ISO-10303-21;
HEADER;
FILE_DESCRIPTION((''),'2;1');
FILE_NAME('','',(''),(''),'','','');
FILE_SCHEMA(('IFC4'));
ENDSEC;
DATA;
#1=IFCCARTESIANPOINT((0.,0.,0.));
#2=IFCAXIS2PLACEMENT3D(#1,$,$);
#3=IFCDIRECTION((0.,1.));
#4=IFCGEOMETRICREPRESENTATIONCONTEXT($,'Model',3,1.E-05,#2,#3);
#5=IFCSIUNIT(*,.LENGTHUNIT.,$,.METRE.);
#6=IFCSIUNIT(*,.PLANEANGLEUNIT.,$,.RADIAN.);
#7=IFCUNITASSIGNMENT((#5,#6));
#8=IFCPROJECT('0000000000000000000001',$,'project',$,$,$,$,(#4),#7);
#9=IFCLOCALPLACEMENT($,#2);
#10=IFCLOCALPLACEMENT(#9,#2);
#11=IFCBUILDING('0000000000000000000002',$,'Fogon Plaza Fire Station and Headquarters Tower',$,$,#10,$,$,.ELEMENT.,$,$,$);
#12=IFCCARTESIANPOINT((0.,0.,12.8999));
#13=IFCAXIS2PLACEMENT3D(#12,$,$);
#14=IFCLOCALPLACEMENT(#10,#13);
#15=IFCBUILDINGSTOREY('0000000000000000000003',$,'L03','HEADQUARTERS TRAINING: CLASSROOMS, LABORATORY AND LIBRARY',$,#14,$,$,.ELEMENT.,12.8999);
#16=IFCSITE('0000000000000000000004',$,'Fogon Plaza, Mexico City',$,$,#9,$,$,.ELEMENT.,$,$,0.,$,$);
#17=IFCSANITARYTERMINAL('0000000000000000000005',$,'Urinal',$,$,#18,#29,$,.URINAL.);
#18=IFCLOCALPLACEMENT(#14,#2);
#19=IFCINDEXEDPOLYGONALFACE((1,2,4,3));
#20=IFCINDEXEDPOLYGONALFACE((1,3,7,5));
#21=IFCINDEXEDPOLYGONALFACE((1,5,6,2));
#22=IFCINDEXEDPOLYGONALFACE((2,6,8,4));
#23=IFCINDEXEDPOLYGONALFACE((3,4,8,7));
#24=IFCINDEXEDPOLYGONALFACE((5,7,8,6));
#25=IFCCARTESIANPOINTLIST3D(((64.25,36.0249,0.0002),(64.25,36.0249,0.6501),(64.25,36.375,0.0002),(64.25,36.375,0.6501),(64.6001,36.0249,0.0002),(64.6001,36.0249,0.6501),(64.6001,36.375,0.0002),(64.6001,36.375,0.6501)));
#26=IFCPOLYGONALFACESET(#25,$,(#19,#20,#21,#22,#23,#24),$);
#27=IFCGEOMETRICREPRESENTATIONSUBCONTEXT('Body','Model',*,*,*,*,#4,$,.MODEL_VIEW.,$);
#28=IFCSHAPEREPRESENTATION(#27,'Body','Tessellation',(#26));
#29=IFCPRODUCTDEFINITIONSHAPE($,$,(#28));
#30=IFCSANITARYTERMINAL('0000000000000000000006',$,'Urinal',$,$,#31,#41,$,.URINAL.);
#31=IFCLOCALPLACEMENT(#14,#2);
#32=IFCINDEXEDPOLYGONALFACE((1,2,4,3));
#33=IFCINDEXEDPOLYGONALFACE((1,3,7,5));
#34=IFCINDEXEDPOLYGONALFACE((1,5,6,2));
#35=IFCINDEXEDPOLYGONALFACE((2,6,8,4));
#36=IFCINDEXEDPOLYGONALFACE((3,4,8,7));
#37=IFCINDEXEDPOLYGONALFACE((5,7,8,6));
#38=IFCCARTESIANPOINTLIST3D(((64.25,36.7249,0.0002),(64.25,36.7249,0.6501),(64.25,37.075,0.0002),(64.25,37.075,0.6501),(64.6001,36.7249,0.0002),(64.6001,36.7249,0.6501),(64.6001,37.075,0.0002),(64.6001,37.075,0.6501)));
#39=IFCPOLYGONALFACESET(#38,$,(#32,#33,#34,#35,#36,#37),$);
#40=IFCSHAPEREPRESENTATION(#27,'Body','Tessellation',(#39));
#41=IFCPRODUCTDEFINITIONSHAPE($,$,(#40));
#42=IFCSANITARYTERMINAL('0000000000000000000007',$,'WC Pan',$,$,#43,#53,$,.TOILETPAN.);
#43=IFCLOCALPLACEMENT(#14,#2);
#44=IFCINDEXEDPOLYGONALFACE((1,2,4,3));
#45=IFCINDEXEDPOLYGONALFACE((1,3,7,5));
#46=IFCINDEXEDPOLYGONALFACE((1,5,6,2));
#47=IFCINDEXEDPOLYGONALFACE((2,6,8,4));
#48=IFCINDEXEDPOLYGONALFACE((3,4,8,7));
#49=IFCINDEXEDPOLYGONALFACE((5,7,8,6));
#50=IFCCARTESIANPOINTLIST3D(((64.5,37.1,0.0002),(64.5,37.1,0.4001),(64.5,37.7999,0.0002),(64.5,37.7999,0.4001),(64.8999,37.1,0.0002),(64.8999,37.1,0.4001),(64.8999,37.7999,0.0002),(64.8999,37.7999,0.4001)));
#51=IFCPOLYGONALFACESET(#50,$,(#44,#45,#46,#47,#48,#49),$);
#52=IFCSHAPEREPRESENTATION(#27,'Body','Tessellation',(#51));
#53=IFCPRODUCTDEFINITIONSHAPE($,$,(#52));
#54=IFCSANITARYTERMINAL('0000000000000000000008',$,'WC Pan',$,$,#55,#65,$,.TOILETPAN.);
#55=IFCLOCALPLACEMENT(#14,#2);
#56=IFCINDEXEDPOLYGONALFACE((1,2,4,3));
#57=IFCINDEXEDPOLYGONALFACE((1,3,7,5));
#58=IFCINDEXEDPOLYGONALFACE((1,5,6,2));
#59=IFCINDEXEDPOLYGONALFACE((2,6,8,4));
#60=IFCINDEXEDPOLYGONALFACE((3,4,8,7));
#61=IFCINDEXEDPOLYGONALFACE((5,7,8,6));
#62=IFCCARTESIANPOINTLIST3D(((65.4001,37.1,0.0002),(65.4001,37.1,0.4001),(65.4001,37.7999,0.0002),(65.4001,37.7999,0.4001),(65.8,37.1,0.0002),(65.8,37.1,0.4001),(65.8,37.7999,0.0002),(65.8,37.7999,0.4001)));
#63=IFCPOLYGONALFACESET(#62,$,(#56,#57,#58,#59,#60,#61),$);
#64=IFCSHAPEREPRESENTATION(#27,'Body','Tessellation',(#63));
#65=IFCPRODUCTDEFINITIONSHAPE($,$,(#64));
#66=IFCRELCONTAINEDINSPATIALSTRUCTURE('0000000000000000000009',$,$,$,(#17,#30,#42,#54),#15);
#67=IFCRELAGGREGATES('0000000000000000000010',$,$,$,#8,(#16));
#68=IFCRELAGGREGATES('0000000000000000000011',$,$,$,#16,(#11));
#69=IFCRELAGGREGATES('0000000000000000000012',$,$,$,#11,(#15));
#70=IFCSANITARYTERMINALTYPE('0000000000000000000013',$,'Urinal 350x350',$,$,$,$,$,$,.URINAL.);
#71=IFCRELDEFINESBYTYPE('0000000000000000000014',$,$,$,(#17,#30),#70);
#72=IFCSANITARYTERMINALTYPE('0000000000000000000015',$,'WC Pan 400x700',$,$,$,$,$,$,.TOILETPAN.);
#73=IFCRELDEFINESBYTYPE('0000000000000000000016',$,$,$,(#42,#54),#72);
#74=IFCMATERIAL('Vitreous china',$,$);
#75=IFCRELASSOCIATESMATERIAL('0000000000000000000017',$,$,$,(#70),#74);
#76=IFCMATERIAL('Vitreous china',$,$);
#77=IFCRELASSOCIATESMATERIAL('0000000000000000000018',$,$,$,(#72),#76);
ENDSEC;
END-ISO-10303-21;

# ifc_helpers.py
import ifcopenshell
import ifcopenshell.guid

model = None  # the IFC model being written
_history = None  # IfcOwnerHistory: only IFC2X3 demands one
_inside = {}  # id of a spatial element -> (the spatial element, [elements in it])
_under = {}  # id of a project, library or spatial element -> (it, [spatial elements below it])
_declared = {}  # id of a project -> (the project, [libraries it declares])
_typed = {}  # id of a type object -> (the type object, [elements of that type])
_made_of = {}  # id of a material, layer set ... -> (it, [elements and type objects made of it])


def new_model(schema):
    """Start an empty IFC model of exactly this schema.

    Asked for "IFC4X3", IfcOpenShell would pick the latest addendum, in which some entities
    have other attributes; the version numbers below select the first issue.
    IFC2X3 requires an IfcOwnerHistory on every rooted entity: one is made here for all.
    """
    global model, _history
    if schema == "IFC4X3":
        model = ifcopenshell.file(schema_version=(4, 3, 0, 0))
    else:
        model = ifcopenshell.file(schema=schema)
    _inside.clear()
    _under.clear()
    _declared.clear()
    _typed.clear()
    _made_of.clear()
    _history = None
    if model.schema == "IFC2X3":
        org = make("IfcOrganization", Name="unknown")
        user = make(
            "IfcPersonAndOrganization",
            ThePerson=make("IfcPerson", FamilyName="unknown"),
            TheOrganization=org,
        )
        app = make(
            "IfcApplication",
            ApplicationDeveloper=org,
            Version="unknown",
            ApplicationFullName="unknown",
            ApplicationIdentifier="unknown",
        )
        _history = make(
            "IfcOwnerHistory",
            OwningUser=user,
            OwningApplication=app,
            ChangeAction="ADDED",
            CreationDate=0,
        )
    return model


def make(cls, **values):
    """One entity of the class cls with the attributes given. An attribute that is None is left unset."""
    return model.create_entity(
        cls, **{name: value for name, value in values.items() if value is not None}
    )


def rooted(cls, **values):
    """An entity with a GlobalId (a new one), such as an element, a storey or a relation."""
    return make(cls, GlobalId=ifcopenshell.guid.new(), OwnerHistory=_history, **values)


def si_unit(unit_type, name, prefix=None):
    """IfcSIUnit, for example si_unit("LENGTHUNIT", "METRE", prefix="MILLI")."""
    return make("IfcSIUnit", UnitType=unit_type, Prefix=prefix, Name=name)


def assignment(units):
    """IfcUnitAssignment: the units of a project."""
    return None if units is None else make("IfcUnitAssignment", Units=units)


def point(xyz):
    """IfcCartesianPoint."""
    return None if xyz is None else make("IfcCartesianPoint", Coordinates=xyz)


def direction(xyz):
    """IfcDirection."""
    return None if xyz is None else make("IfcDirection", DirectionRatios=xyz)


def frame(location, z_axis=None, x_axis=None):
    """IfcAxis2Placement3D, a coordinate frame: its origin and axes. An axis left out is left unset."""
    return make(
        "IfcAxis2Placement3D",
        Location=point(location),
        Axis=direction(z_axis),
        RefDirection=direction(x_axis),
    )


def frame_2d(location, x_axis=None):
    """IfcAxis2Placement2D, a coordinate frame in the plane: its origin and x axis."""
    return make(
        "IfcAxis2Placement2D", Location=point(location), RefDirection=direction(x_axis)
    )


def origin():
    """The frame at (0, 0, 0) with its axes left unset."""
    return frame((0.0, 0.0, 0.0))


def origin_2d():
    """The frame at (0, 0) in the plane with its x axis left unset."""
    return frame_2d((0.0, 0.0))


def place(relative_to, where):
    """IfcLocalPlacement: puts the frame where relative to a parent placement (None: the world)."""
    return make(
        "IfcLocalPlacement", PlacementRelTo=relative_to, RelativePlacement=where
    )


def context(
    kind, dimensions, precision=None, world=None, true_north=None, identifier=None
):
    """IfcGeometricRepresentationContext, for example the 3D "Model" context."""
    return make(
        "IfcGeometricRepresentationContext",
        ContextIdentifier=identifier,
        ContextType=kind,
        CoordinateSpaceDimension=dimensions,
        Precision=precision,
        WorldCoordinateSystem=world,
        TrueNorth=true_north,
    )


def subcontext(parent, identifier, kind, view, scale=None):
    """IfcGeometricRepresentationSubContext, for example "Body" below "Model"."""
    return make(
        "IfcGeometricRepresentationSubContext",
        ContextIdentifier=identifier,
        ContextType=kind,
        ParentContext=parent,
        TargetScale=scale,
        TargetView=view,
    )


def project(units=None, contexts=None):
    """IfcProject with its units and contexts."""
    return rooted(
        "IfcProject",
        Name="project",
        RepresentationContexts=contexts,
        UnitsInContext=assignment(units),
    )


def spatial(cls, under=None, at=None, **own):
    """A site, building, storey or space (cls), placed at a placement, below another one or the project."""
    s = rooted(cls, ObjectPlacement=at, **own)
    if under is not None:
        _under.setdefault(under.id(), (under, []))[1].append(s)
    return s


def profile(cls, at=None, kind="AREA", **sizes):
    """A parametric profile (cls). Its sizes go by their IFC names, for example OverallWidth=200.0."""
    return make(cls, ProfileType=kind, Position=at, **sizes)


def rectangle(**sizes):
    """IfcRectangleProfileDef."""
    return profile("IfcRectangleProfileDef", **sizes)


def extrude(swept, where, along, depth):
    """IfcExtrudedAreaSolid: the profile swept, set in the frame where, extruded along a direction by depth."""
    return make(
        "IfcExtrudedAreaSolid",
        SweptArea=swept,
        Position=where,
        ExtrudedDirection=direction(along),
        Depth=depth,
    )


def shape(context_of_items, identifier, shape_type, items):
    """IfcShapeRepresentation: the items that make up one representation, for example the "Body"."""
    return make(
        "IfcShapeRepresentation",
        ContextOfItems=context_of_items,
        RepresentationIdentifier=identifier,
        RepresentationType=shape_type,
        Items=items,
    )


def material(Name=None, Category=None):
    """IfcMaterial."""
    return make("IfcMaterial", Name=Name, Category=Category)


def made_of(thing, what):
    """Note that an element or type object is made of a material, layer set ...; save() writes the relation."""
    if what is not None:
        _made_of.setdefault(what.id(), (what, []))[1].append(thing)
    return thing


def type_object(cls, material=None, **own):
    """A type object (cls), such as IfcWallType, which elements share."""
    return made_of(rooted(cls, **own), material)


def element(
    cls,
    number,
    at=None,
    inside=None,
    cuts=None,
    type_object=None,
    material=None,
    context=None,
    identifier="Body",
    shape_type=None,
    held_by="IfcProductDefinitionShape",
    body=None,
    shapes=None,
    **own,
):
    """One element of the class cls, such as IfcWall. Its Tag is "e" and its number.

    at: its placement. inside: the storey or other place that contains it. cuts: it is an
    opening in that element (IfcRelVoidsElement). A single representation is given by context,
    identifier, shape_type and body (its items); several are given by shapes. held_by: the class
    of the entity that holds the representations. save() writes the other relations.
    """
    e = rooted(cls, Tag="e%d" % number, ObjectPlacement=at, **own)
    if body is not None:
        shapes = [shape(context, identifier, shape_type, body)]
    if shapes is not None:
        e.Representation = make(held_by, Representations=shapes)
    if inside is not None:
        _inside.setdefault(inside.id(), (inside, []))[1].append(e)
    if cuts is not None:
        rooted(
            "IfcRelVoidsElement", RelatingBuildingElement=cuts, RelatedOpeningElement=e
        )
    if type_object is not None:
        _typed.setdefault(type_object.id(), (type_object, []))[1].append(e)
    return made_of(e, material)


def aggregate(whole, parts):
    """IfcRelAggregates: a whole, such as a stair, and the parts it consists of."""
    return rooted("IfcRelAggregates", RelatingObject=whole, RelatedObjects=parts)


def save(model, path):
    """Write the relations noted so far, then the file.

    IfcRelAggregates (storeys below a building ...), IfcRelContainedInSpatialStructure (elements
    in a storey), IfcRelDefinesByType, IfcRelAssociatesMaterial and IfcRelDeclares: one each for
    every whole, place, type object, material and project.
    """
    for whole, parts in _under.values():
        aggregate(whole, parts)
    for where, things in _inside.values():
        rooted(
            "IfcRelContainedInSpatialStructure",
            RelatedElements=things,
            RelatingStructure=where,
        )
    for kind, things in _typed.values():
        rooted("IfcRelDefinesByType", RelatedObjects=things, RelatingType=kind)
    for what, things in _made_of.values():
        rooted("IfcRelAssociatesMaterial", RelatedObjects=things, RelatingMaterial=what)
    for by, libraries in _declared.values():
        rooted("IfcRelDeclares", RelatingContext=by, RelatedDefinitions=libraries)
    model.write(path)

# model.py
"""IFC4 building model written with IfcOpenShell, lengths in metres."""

from ifc_helpers import new_model, si_unit, direction, frame, origin, origin_2d, place, context, subcontext, project, spatial, rectangle, extrude, material, type_object, element, save


model = new_model("IFC4")

# Units and contexts
model_context = context("Model", 3, precision=1e-05, world=origin(), true_north=direction((0.0, 1.0)))
body_context = subcontext(model_context, "Body", "Model", "MODEL_VIEW")
ifc_project = project(units=[si_unit("LENGTHUNIT", "METRE"), si_unit("PLANEANGLEUNIT", "RADIAN")], contexts=[model_context])

# Site, building, storey
site_placement = place(None, origin())
site = spatial("IfcSite", under=ifc_project, at=site_placement, Name="Fogon Plaza, Mexico City", CompositionType="ELEMENT", RefElevation=0.0)
building_placement = place(site_placement, origin())
building = spatial("IfcBuilding", under=site, at=building_placement, Name="Fogon Plaza Fire Station and Headquarters Tower", CompositionType="ELEMENT")
storey_placement = place(building_placement, frame((0.0, 0.0, 12.8999)))
storey = spatial("IfcBuildingStorey", under=building, at=storey_placement, Name="L03", Description="HEADQUARTERS TRAINING: CLASSROOMS, LABORATORY AND LIBRARY", CompositionType="ELEMENT", Elevation=12.8999)

# Sanitary terminals
ifc_material_1 = material(Name="Vitreous china")
sanitary_terminal_type_1 = type_object("IfcSanitaryTerminalType", Name="Urinal 350x350", PredefinedType="URINAL", material=ifc_material_1)
for number, where, z_axis, x_axis, name in (
    (1, (64.425, 36.2, 0.0002), (0.0, 0.0, 1.0), (1.0, 0.0, 0.0), "Urinal"),
    (2, (64.425, 36.8999, 0.0002), (0.0, 0.0, 1.0), (1.0, 0.0, 0.0), "Urinal"),
):
    element("IfcSanitaryTerminal", number, at=place(storey_placement, frame(where, z_axis=z_axis, x_axis=x_axis)), inside=storey, type_object=sanitary_terminal_type_1, Name=name, PredefinedType="URINAL", context=body_context, shape_type="SweptSolid", body=[
        extrude(rectangle(XDim=0.3501, YDim=0.3501, at=origin_2d()), origin(), (0.0, 0.0, 1.0), 0.6499),
    ])
ifc_material_2 = material(Name="Vitreous china")
sanitary_terminal_type_2 = type_object("IfcSanitaryTerminalType", Name="WC Pan 400x700", PredefinedType="TOILETPAN", material=ifc_material_2)
for number, where, z_axis, x_axis, name in (
    (3, (64.7, 37.45, 0.0002), (0.0, 0.0, 1.0), (1.0, 0.0, 0.0), "WC Pan"),
    (4, (65.6001, 37.45, 0.0002), (0.0, 0.0, 1.0), (1.0, 0.0, 0.0), "WC Pan"),
):
    element("IfcSanitaryTerminal", number, at=place(storey_placement, frame(where, z_axis=z_axis, x_axis=x_axis)), inside=storey, type_object=sanitary_terminal_type_2, Name=name, PredefinedType="TOILETPAN", context=body_context, shape_type="SweptSolid", body=[
        extrude(rectangle(XDim=0.3999, YDim=0.7, at=origin_2d()), origin(), (0.0, 0.0, 1.0), 0.3999),
    ])

save(model, "model.ifc")
